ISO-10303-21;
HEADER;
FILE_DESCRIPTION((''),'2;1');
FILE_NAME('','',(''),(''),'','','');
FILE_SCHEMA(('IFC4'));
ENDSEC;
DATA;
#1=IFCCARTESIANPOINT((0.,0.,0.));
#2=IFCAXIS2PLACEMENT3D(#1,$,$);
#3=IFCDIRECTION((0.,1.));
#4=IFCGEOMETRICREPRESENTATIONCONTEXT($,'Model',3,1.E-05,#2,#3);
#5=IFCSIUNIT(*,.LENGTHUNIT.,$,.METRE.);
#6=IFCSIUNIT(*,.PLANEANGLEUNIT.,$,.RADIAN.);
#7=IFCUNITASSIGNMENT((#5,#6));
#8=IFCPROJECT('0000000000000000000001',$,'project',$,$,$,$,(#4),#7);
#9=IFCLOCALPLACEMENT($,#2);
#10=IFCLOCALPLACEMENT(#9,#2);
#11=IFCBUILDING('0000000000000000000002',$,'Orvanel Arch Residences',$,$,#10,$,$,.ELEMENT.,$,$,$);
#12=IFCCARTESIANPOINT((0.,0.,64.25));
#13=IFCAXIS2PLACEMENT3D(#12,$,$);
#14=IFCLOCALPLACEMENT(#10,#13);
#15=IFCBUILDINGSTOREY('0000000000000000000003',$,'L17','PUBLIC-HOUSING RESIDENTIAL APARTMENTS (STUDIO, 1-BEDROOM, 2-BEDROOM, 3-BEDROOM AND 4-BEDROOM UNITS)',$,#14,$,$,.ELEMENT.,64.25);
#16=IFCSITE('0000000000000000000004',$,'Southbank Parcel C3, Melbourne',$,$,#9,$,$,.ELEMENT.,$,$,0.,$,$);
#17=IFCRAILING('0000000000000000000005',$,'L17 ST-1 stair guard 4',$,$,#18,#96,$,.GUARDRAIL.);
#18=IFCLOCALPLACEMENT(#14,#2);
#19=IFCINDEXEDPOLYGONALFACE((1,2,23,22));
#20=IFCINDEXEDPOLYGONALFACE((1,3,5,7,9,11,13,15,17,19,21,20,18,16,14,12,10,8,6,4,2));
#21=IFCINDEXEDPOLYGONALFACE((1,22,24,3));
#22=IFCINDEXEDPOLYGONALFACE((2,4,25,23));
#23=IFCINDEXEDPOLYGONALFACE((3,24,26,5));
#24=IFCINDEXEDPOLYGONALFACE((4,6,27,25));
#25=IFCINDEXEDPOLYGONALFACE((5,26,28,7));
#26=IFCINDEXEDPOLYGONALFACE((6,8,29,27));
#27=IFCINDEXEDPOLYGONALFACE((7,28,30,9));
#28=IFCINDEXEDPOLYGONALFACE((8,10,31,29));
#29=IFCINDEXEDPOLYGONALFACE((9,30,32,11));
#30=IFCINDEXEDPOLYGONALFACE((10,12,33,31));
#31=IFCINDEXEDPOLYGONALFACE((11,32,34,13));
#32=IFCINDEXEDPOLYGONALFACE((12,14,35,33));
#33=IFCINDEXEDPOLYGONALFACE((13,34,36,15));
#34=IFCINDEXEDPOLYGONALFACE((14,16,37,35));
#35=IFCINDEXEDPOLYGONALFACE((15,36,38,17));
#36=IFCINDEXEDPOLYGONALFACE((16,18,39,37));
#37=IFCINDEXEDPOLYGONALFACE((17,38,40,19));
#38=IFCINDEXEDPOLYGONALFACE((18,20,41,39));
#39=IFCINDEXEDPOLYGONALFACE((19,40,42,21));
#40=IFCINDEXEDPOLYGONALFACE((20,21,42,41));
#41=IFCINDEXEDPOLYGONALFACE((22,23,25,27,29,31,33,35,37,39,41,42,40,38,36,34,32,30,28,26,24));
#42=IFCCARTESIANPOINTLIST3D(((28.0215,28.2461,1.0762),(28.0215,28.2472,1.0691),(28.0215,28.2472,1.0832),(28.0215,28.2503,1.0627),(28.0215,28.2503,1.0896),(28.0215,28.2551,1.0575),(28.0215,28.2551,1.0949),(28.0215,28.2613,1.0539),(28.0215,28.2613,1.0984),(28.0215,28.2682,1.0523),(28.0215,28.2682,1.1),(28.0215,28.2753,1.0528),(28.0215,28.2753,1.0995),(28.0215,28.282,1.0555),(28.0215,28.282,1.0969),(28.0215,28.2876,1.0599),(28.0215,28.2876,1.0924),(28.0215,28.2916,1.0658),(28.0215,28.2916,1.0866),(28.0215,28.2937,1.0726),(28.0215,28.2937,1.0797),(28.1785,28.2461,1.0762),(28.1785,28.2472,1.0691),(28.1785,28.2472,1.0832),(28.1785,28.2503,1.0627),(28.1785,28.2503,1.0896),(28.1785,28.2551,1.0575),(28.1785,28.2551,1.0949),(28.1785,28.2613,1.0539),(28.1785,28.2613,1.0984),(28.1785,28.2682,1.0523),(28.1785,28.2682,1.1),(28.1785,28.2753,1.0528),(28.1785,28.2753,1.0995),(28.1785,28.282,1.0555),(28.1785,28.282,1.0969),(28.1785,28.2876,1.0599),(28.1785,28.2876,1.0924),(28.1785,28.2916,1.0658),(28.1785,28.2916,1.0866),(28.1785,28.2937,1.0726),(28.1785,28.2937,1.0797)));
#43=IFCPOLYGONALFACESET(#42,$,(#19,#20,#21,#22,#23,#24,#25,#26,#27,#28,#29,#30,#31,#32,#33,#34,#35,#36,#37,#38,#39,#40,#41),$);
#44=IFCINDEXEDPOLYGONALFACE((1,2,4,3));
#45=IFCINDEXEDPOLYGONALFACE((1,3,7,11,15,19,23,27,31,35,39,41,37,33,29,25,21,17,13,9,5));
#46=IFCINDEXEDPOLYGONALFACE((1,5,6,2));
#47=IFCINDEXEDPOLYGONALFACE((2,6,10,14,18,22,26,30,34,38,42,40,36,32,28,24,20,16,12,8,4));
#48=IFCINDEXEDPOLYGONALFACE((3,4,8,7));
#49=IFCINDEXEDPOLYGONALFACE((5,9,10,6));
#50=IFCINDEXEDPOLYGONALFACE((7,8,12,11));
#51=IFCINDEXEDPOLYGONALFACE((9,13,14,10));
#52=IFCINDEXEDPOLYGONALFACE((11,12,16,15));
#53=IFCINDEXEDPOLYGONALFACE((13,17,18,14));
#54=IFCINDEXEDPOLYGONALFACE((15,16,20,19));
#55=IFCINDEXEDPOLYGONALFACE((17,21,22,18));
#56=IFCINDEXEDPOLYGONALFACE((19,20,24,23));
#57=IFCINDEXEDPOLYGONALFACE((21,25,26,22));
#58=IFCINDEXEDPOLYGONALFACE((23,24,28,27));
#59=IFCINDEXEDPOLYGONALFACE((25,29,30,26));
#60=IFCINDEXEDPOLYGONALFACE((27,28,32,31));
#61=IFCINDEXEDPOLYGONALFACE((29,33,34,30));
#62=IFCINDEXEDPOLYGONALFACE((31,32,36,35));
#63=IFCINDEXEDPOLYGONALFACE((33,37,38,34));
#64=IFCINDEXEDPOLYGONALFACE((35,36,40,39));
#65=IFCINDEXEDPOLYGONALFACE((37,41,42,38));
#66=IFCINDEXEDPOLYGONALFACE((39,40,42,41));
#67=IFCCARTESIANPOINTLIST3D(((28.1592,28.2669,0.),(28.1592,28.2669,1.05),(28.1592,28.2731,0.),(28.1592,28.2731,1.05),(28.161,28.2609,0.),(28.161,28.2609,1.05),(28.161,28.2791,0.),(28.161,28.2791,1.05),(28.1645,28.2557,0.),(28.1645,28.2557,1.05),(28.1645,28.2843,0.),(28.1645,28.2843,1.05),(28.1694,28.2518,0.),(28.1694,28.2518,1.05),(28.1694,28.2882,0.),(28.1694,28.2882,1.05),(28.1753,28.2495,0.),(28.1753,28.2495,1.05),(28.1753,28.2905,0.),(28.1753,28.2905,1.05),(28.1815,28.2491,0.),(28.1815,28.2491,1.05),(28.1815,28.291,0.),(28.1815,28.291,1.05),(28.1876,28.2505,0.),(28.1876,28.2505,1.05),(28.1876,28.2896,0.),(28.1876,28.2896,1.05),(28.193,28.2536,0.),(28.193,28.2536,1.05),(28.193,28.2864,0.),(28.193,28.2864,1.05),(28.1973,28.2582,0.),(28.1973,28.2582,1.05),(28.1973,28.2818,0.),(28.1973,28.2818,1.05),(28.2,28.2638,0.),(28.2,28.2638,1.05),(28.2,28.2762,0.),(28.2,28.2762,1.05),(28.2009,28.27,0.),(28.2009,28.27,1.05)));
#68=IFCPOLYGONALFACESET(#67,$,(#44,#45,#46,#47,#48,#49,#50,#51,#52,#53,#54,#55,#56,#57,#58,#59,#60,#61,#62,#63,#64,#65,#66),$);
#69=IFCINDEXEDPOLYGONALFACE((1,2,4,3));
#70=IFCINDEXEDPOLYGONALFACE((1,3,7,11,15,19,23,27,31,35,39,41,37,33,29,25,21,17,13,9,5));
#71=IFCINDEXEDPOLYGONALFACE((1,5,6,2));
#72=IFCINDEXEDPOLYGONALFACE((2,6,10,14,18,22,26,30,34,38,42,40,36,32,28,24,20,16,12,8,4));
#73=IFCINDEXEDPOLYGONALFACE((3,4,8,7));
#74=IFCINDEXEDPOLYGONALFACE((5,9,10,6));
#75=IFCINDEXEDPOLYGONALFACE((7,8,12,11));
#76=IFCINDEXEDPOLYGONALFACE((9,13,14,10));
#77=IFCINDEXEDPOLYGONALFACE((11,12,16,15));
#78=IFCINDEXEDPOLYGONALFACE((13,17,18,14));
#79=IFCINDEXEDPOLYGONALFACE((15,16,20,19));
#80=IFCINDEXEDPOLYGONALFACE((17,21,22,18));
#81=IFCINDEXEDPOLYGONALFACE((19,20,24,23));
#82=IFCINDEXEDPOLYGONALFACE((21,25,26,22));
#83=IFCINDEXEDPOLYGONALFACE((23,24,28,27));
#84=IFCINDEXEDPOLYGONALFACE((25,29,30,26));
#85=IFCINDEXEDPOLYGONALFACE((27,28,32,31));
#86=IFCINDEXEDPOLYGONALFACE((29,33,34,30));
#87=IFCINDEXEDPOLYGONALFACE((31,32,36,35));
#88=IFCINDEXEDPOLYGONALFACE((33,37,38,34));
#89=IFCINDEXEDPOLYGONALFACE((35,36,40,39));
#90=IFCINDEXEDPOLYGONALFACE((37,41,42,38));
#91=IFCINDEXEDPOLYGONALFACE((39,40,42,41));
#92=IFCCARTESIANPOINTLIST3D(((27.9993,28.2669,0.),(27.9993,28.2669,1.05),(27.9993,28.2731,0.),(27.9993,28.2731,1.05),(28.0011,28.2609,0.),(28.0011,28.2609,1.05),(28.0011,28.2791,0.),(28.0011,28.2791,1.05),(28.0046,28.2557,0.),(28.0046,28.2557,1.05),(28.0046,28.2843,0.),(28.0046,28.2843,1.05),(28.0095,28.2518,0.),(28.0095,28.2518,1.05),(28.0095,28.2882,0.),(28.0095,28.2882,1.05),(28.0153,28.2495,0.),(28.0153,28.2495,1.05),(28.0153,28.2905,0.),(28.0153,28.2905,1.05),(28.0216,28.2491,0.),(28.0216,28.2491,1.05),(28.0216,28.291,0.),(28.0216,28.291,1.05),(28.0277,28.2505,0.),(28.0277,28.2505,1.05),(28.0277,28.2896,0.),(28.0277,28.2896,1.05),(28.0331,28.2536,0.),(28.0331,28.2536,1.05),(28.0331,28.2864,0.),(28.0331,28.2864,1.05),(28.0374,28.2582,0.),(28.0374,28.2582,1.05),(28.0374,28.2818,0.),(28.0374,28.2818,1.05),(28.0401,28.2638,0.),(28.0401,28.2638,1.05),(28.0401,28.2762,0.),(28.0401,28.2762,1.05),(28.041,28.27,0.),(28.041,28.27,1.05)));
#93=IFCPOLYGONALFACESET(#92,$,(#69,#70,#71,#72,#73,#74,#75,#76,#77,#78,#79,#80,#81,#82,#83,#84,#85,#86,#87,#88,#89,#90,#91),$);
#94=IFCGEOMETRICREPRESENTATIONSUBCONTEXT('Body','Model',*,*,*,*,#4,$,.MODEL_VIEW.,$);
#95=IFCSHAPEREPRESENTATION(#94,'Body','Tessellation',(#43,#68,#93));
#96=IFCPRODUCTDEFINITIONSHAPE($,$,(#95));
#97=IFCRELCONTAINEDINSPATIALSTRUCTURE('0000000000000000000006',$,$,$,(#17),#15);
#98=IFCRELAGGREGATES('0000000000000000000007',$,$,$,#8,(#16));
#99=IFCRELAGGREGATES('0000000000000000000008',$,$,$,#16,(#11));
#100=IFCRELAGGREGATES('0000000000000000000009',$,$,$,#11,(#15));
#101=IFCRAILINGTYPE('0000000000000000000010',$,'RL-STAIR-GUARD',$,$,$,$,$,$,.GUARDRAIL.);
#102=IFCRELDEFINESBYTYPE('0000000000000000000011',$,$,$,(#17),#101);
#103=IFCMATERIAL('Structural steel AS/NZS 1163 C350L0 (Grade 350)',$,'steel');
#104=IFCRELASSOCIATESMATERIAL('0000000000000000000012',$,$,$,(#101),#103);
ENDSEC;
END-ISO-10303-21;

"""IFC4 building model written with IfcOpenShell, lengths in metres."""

from ifc_helpers import new_model, si_unit, direction, frame, origin, origin_2d, place, context, subcontext, project, spatial, circle, extrude, material, type_object, element, save


model = new_model("IFC4")

# Units and contexts
model_context = context("Model", 3, precision=1e-05, world=origin(), true_north=direction((0.0, 1.0)))
body_context = subcontext(model_context, "Body", "Model", "MODEL_VIEW")
ifc_project = project(units=[si_unit("LENGTHUNIT", "METRE"), si_unit("PLANEANGLEUNIT", "RADIAN")], contexts=[model_context])

# Site, building, storey
site_placement = place(None, origin())
site = spatial("IfcSite", under=ifc_project, at=site_placement, Name="Southbank Parcel C3, Melbourne", CompositionType="ELEMENT", RefElevation=0.0)
building_placement = place(site_placement, origin())
building = spatial("IfcBuilding", under=site, at=building_placement, Name="Orvanel Arch Residences", CompositionType="ELEMENT")
storey_placement = place(building_placement, frame((0.0, 0.0, 64.25)))
storey = spatial("IfcBuildingStorey", under=building, at=storey_placement, Name="L17", Description="PUBLIC-HOUSING RESIDENTIAL APARTMENTS (STUDIO, 1-BEDROOM, 2-BEDROOM, 3-BEDROOM AND 4-BEDROOM UNITS)", CompositionType="ELEMENT", Elevation=64.25)

# Railing
ifc_material_1 = material(Name="Structural steel AS/NZS 1163 C350L0 (Grade 350)", Category="steel")
railing_type_1 = type_object("IfcRailingType", Name="RL-STAIR-GUARD", PredefinedType="GUARDRAIL", material=ifc_material_1)
railing_1_placement = place(storey_placement, frame((28.1799, 28.27, 0.0)))
element("IfcRailing", 1, at=railing_1_placement, inside=storey, type_object=railing_type_1, Name="L17 ST-1 stair guard 4", PredefinedType="GUARDRAIL", context=body_context, shape_type="SweptSolid", body=[
    extrude(circle(Radius=0.0239, at=origin_2d()), frame((-0.0015, 0.0, 1.0762), z_axis=(-1.0, 0.0, 0.0), x_axis=(0.0, -1.0, 0.0)), (0.0, 0.0, 1.0), 0.157),
    extrude(circle(Radius=0.021, at=origin_2d()), origin(), (0.0, 0.0, 1.0), 1.05),
    extrude(circle(Radius=0.021, at=origin_2d()), frame((-0.1599, 0.0, 0.0)), (0.0, 0.0, 1.0), 1.05),
])

save(model, "model.ifc")
